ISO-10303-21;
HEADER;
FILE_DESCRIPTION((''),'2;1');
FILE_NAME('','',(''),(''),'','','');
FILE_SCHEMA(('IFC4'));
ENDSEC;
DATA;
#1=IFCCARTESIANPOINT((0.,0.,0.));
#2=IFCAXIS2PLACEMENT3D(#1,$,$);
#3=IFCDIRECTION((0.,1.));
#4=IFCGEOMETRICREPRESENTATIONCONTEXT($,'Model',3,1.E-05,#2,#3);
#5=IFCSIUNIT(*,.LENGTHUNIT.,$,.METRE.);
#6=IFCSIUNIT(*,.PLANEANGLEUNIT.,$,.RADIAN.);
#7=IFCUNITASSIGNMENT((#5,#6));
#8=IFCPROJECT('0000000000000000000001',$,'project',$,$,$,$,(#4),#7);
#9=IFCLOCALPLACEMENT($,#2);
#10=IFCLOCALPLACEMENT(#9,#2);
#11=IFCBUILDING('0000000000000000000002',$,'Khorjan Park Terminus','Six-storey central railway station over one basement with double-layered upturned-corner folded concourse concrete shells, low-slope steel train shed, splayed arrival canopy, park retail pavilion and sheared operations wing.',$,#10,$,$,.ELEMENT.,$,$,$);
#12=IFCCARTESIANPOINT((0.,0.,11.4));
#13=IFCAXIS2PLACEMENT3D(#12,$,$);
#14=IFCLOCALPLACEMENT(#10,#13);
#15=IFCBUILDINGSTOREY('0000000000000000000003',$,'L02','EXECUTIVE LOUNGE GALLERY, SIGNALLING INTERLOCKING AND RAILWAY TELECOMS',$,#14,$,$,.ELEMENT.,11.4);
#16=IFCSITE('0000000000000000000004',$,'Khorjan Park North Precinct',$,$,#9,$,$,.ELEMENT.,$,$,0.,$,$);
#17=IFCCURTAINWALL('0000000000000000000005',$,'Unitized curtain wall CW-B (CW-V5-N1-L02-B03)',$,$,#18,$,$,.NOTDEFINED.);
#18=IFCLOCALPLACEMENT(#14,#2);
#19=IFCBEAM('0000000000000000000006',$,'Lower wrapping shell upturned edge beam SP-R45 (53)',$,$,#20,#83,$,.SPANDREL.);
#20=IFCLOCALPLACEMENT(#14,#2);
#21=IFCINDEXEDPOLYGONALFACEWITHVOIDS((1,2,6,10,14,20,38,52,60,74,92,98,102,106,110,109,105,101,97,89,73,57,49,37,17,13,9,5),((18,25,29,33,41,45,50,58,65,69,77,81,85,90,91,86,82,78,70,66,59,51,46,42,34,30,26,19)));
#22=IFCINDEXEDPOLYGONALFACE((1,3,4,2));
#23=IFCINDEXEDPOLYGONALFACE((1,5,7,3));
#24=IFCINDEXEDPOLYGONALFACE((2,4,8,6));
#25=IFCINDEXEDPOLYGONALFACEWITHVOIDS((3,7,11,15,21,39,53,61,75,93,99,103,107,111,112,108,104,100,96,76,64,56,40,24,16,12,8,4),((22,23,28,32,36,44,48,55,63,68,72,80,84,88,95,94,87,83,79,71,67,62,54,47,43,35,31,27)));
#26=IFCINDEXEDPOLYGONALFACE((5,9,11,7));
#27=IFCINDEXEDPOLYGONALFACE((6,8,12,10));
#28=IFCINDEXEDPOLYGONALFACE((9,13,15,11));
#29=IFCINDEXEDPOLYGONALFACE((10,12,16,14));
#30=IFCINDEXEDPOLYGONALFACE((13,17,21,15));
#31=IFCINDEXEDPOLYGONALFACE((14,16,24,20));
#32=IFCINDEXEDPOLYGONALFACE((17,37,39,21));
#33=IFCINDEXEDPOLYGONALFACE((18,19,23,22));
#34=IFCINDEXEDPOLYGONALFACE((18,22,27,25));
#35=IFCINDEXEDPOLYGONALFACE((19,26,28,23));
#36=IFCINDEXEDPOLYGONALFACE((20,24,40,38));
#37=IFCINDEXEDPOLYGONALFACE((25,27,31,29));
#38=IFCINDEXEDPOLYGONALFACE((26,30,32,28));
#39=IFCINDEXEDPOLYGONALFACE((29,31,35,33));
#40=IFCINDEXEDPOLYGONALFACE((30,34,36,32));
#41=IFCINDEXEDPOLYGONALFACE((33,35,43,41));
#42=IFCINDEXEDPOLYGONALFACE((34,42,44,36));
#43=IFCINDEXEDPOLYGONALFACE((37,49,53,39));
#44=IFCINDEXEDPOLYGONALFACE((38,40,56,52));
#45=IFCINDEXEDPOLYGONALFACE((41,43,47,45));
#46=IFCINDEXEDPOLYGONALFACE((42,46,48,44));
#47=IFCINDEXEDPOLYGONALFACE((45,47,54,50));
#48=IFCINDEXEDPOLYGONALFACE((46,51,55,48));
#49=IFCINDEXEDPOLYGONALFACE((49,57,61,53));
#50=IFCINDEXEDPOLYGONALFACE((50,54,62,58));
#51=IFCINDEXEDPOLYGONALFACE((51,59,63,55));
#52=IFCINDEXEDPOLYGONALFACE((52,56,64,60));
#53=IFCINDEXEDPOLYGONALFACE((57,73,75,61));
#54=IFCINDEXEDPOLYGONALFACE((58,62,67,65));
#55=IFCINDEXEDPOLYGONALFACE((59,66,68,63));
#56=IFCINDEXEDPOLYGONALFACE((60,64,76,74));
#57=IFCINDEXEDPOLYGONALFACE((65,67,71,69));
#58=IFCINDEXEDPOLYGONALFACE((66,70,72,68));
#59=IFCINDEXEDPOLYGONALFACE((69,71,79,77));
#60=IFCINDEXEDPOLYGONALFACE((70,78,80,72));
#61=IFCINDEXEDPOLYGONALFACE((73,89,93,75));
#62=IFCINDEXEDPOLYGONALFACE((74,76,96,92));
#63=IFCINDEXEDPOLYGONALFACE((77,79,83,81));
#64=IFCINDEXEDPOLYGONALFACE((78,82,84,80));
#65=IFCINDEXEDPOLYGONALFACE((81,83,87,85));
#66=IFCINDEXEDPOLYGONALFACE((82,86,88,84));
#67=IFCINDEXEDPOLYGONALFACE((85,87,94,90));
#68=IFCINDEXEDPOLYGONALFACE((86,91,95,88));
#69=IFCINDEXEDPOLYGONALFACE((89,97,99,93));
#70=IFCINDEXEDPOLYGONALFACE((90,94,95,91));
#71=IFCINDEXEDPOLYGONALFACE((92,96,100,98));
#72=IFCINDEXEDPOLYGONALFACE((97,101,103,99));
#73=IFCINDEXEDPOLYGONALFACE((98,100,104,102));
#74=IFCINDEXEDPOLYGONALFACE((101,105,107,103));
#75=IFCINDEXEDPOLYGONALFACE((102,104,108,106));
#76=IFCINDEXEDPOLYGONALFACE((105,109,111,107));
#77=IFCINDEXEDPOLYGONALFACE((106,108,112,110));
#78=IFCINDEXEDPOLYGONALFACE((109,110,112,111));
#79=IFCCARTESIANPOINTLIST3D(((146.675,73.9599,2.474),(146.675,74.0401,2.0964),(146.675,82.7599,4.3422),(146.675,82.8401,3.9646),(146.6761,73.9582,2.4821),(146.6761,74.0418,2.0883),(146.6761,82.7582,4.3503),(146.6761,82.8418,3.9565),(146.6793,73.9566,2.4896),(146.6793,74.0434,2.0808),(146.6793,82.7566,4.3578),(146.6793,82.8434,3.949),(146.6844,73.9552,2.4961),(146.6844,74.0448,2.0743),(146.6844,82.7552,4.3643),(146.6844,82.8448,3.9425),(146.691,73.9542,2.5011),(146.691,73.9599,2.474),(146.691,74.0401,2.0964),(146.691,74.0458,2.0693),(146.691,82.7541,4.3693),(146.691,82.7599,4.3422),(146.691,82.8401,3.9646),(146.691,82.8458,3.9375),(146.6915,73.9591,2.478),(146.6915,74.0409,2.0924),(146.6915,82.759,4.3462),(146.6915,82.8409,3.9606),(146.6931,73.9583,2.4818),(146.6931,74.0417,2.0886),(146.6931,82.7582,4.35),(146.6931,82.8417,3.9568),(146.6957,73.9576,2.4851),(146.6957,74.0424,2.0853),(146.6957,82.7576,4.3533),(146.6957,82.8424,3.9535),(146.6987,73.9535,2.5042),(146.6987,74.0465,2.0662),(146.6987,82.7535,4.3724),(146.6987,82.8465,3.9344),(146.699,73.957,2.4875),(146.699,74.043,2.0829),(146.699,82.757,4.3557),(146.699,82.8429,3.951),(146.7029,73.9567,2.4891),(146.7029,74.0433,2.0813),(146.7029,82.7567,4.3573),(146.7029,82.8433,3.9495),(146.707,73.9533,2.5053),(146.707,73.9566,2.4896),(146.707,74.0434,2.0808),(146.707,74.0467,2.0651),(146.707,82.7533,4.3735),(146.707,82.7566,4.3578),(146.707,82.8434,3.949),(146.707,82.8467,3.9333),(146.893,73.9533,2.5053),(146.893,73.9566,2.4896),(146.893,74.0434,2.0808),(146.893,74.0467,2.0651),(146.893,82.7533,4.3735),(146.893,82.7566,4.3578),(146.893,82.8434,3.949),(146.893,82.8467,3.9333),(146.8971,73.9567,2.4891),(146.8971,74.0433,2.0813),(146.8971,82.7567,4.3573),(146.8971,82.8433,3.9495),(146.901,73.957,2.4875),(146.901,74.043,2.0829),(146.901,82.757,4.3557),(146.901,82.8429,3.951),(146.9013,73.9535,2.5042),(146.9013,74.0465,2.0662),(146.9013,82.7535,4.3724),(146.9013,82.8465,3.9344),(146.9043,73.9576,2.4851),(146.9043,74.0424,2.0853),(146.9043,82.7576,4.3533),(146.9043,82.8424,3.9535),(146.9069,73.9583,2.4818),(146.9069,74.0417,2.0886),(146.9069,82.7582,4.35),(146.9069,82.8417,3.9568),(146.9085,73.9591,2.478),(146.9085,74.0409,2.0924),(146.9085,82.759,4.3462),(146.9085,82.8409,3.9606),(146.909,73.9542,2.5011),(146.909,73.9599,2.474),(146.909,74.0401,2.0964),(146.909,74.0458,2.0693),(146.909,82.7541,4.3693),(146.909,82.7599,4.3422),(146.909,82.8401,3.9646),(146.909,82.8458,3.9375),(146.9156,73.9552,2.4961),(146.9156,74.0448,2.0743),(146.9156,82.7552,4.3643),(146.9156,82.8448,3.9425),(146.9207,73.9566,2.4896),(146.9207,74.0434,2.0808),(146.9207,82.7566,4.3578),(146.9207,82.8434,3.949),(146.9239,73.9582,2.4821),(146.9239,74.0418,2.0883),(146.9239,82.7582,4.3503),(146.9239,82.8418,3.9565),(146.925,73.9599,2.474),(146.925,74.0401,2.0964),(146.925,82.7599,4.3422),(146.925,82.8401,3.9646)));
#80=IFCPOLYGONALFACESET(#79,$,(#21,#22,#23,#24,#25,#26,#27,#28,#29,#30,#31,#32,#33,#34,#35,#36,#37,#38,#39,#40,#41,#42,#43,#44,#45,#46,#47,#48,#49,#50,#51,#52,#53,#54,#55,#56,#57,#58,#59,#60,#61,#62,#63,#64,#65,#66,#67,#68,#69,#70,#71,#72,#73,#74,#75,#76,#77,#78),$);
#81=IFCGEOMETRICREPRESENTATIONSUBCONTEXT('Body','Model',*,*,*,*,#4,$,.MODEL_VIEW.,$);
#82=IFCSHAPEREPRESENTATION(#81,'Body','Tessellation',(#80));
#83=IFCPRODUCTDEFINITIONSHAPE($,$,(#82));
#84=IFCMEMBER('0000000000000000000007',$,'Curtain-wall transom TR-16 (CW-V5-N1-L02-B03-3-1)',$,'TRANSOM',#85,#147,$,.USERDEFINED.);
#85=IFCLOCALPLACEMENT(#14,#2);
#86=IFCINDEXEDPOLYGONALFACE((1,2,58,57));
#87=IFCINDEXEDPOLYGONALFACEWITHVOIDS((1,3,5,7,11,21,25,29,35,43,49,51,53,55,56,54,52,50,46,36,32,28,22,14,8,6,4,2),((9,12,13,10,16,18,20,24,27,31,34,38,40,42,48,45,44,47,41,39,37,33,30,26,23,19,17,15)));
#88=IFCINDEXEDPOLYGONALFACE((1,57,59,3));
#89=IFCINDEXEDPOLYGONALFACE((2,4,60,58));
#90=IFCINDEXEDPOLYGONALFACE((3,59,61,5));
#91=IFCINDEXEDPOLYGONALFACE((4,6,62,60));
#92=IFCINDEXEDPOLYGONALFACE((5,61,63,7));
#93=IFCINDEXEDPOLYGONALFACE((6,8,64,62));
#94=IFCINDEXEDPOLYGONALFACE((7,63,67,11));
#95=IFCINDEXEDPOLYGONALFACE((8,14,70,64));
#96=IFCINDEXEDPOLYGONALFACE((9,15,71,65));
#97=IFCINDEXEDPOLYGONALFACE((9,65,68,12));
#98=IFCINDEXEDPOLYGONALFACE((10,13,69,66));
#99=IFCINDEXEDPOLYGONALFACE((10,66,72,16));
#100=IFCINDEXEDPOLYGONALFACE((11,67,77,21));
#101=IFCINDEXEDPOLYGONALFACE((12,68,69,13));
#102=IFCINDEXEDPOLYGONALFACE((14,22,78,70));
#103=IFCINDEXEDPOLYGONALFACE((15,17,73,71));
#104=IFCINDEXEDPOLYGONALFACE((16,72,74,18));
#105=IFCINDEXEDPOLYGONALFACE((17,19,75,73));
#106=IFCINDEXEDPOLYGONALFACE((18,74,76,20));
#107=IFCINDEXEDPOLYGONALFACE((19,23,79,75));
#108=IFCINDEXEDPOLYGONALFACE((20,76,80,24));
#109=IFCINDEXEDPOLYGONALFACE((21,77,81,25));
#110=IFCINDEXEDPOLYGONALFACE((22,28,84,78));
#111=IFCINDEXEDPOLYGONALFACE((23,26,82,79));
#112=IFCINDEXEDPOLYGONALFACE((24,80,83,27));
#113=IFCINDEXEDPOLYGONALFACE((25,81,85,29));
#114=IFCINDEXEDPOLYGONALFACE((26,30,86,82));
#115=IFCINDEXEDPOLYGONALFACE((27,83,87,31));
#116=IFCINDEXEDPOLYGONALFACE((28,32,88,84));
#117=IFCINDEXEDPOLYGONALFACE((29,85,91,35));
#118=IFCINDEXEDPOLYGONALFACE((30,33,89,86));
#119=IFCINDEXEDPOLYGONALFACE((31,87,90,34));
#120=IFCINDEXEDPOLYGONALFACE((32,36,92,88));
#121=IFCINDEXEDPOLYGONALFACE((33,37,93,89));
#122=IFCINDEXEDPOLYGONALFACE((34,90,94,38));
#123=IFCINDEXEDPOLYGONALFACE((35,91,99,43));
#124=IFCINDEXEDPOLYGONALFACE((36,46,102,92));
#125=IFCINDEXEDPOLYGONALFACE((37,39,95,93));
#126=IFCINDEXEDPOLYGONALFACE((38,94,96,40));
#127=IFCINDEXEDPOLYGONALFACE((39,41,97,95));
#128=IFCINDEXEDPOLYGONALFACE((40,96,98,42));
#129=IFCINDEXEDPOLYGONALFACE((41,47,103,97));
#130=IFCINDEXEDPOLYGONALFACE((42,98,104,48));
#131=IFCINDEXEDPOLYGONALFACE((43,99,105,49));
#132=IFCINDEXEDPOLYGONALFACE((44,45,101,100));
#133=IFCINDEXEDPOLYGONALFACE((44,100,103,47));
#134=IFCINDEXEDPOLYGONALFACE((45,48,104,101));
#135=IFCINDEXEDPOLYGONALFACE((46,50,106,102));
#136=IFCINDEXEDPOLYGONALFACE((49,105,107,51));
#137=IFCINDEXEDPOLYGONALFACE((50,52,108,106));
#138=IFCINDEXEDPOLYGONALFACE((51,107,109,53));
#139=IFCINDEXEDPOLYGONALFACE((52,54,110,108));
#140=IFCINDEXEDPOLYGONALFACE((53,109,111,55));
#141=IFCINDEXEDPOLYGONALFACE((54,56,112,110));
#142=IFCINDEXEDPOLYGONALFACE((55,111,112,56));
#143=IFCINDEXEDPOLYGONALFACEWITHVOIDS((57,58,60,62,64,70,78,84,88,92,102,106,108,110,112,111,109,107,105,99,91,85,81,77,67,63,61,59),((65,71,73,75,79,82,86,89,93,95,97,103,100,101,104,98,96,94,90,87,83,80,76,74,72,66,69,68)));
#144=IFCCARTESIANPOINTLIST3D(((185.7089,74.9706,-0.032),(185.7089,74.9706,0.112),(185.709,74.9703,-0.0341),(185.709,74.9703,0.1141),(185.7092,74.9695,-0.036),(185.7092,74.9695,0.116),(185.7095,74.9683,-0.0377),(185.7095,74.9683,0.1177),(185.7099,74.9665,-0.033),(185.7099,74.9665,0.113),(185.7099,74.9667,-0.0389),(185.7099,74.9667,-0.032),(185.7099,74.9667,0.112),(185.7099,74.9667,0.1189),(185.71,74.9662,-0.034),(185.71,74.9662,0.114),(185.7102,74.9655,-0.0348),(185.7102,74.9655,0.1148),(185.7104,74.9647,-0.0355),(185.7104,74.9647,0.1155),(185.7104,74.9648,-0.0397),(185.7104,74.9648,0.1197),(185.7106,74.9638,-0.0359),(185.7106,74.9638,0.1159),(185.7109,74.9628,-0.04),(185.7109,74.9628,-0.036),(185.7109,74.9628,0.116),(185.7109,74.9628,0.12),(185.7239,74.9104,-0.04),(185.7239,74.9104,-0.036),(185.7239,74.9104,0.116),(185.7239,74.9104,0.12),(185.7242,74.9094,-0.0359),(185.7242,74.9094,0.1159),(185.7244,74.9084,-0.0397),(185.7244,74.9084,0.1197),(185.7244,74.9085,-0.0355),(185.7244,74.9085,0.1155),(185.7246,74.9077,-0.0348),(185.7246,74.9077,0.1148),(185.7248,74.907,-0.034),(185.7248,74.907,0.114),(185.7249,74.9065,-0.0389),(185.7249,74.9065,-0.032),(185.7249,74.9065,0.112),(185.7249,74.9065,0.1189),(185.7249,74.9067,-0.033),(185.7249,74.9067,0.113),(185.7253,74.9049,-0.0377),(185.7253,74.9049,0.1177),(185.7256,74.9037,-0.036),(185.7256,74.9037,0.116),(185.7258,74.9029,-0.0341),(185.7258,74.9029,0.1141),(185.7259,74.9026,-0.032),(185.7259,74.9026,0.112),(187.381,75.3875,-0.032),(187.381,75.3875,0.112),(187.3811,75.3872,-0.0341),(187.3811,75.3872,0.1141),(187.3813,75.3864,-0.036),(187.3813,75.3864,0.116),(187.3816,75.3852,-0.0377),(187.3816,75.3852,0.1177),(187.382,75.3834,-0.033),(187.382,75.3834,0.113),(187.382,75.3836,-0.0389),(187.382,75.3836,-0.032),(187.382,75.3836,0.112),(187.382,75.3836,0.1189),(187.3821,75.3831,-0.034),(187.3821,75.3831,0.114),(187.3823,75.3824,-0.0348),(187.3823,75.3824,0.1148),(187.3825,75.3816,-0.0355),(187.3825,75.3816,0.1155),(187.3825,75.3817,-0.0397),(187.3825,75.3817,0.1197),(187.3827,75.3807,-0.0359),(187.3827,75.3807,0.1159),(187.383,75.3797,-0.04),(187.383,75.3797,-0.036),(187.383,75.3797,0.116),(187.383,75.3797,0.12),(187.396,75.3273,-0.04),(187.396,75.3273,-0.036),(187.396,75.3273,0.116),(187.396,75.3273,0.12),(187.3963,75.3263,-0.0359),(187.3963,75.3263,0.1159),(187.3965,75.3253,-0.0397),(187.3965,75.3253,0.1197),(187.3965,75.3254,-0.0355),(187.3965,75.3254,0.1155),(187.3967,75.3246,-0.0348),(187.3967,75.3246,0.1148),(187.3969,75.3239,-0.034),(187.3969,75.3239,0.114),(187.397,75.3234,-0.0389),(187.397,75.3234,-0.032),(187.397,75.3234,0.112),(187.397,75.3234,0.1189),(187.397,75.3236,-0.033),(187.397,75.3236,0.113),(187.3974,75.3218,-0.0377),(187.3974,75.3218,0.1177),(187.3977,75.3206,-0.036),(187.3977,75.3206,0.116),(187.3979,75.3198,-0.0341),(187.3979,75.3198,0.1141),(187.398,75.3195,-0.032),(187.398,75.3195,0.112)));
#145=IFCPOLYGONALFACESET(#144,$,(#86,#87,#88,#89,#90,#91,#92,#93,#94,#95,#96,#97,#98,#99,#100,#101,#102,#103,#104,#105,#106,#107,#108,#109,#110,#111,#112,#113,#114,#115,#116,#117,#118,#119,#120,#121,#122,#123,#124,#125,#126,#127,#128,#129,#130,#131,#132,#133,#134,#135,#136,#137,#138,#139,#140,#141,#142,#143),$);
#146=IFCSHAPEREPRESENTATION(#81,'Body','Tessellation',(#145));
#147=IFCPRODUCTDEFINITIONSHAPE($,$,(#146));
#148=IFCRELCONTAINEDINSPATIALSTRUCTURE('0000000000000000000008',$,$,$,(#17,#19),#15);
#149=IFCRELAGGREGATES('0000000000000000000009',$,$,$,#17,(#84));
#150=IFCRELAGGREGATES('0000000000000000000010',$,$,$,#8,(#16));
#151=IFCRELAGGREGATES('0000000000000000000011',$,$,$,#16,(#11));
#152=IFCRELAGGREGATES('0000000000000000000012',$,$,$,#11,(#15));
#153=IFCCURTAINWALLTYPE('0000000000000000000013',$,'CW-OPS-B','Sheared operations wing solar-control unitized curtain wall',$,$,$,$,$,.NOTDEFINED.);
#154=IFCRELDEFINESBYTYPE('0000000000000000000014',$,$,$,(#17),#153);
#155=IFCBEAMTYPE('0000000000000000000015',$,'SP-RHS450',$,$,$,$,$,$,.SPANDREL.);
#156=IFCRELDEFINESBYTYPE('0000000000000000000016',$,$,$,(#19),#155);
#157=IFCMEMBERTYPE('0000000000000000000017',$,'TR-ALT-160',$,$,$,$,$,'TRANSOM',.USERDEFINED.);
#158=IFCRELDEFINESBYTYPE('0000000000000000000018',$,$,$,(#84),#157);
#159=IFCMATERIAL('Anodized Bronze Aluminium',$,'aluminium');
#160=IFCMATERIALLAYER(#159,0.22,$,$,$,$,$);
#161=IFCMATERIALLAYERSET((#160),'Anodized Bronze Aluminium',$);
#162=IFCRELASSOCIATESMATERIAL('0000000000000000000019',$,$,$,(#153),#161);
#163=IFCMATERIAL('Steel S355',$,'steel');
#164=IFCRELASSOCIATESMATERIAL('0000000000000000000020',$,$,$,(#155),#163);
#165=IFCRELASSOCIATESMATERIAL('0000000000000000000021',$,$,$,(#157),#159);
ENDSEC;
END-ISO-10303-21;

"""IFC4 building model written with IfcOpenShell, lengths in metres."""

from ifc_helpers import new_model, si_unit, direction, frame, origin, origin_2d, place, context, subcontext, project, spatial, hollow_rectangle, extrude, material, layer, layer_set, material_profile, profile_set, type_object, element, aggregate, save


model = new_model("IFC4")

# Units and contexts
model_context = context("Model", 3, precision=1e-05, world=origin(), true_north=direction((0.0, 1.0)))
body_context = subcontext(model_context, "Body", "Model", "MODEL_VIEW")
ifc_project = project(units=[si_unit("LENGTHUNIT", "METRE"), si_unit("PLANEANGLEUNIT", "RADIAN")], contexts=[model_context])

# Site, building, storey
site_placement = place(None, origin())
site = spatial("IfcSite", under=ifc_project, at=site_placement, Name="Khorjan Park North Precinct", CompositionType="ELEMENT", RefElevation=0.0)
building_placement = place(site_placement, origin())
building = spatial("IfcBuilding", under=site, at=building_placement, Name="Khorjan Park Terminus", Description="Six-storey central railway station over one basement with double-layered upturned-corner folded concourse concrete shells, low-slope steel train shed, splayed arrival canopy, park retail pavilion and sheared operations wing.", CompositionType="ELEMENT")
storey_placement = place(building_placement, frame((0.0, 0.0, 11.4)))
storey = spatial("IfcBuildingStorey", under=building, at=storey_placement, Name="L02", Description="EXECUTIVE LOUNGE GALLERY, SIGNALLING INTERLOCKING AND RAILWAY TELECOMS", CompositionType="ELEMENT", Elevation=11.4)

# Shared definitions
ifc_material_1 = material(Name="Steel S355", Category="steel")

# Curtain wall
ifc_material_2 = material(Name="Anodized Bronze Aluminium", Category="aluminium")
ifc_layer_1 = layer(ifc_material_2, 0.22)
ifc_layer_set_1 = layer_set([ifc_layer_1], Name="Anodized Bronze Aluminium")
curtain_wall_type = type_object("IfcCurtainWallType", Name="CW-OPS-B", Description="Sheared operations wing solar-control unitized curtain wall", PredefinedType="NOTDEFINED", material=ifc_layer_set_1)
curtain_wall_placement = place(storey_placement, origin())
curtain_wall = element("IfcCurtainWall", 1, at=curtain_wall_placement, inside=storey, type_object=curtain_wall_type, Name="Unitized curtain wall CW-B (CW-V5-N1-L02-B03)", PredefinedType="NOTDEFINED")

# Beam
ifc_material_profile_1 = material_profile(ifc_material_1, hollow_rectangle(XDim=0.25, YDim=0.45, WallThickness=0.016, InnerFilletRadius=0.016, OuterFilletRadius=0.032, at=origin_2d()), Name="RHS 450x250x16")
ifc_profile_set_1 = profile_set([ifc_material_profile_1], Name="Steel S355")
beam_type_1 = type_object("IfcBeamType", Name="SP-RHS450", PredefinedType="SPANDREL", material=ifc_profile_set_1)
beam_1_placement = place(storey_placement, frame((146.8, 74.0, 2.2852), z_axis=(0.0, 0.9782, 0.207667), x_axis=(-1.0, 0.0, 0.0)))
element("IfcBeam", 2, at=beam_1_placement, inside=storey, type_object=beam_type_1, Name="Lower wrapping shell upturned edge beam SP-R45 (53)", PredefinedType="SPANDREL", context=body_context, shape_type="SweptSolid", body=[
    extrude(hollow_rectangle(XDim=0.25, YDim=0.45, WallThickness=0.016, InnerFilletRadius=0.016, OuterFilletRadius=0.032, at=origin_2d()), origin(), (0.0, 0.0, 1.0), 8.9961),
])

# Member
ifc_material_profile_2 = material_profile(ifc_material_2, hollow_rectangle(XDim=0.07, YDim=0.16, WallThickness=0.004, InnerFilletRadius=0.004, OuterFilletRadius=0.008, at=origin_2d()), Name="ALT 70x160x4")
ifc_profile_set_2 = profile_set([ifc_material_profile_2], Name="Anodized Bronze Aluminium")
member_type_1 = type_object("IfcMemberType", Name="TR-ALT-160", ElementType="TRANSOM", PredefinedType="USERDEFINED", material=ifc_profile_set_2)
member_1_placement = place(storey_placement, frame((187.3895, 75.3535, 0.04), z_axis=(-0.970296, -0.241921, 0.0), x_axis=(0.241921, -0.970296, 0.0)))
member_1 = element("IfcMember", 3, at=member_1_placement, type_object=member_type_1, Name="Curtain-wall transom TR-16 (CW-V5-N1-L02-B03-3-1)", ObjectType="TRANSOM", PredefinedType="USERDEFINED", context=body_context, shape_type="SweptSolid", body=[
    extrude(hollow_rectangle(XDim=0.07, YDim=0.16, WallThickness=0.004, InnerFilletRadius=0.004, OuterFilletRadius=0.008, at=origin_2d()), origin(), (0.0, 0.0, 1.0), 1.7233),
])

aggregate(curtain_wall, [member_1])

save(model, "model.ifc")
